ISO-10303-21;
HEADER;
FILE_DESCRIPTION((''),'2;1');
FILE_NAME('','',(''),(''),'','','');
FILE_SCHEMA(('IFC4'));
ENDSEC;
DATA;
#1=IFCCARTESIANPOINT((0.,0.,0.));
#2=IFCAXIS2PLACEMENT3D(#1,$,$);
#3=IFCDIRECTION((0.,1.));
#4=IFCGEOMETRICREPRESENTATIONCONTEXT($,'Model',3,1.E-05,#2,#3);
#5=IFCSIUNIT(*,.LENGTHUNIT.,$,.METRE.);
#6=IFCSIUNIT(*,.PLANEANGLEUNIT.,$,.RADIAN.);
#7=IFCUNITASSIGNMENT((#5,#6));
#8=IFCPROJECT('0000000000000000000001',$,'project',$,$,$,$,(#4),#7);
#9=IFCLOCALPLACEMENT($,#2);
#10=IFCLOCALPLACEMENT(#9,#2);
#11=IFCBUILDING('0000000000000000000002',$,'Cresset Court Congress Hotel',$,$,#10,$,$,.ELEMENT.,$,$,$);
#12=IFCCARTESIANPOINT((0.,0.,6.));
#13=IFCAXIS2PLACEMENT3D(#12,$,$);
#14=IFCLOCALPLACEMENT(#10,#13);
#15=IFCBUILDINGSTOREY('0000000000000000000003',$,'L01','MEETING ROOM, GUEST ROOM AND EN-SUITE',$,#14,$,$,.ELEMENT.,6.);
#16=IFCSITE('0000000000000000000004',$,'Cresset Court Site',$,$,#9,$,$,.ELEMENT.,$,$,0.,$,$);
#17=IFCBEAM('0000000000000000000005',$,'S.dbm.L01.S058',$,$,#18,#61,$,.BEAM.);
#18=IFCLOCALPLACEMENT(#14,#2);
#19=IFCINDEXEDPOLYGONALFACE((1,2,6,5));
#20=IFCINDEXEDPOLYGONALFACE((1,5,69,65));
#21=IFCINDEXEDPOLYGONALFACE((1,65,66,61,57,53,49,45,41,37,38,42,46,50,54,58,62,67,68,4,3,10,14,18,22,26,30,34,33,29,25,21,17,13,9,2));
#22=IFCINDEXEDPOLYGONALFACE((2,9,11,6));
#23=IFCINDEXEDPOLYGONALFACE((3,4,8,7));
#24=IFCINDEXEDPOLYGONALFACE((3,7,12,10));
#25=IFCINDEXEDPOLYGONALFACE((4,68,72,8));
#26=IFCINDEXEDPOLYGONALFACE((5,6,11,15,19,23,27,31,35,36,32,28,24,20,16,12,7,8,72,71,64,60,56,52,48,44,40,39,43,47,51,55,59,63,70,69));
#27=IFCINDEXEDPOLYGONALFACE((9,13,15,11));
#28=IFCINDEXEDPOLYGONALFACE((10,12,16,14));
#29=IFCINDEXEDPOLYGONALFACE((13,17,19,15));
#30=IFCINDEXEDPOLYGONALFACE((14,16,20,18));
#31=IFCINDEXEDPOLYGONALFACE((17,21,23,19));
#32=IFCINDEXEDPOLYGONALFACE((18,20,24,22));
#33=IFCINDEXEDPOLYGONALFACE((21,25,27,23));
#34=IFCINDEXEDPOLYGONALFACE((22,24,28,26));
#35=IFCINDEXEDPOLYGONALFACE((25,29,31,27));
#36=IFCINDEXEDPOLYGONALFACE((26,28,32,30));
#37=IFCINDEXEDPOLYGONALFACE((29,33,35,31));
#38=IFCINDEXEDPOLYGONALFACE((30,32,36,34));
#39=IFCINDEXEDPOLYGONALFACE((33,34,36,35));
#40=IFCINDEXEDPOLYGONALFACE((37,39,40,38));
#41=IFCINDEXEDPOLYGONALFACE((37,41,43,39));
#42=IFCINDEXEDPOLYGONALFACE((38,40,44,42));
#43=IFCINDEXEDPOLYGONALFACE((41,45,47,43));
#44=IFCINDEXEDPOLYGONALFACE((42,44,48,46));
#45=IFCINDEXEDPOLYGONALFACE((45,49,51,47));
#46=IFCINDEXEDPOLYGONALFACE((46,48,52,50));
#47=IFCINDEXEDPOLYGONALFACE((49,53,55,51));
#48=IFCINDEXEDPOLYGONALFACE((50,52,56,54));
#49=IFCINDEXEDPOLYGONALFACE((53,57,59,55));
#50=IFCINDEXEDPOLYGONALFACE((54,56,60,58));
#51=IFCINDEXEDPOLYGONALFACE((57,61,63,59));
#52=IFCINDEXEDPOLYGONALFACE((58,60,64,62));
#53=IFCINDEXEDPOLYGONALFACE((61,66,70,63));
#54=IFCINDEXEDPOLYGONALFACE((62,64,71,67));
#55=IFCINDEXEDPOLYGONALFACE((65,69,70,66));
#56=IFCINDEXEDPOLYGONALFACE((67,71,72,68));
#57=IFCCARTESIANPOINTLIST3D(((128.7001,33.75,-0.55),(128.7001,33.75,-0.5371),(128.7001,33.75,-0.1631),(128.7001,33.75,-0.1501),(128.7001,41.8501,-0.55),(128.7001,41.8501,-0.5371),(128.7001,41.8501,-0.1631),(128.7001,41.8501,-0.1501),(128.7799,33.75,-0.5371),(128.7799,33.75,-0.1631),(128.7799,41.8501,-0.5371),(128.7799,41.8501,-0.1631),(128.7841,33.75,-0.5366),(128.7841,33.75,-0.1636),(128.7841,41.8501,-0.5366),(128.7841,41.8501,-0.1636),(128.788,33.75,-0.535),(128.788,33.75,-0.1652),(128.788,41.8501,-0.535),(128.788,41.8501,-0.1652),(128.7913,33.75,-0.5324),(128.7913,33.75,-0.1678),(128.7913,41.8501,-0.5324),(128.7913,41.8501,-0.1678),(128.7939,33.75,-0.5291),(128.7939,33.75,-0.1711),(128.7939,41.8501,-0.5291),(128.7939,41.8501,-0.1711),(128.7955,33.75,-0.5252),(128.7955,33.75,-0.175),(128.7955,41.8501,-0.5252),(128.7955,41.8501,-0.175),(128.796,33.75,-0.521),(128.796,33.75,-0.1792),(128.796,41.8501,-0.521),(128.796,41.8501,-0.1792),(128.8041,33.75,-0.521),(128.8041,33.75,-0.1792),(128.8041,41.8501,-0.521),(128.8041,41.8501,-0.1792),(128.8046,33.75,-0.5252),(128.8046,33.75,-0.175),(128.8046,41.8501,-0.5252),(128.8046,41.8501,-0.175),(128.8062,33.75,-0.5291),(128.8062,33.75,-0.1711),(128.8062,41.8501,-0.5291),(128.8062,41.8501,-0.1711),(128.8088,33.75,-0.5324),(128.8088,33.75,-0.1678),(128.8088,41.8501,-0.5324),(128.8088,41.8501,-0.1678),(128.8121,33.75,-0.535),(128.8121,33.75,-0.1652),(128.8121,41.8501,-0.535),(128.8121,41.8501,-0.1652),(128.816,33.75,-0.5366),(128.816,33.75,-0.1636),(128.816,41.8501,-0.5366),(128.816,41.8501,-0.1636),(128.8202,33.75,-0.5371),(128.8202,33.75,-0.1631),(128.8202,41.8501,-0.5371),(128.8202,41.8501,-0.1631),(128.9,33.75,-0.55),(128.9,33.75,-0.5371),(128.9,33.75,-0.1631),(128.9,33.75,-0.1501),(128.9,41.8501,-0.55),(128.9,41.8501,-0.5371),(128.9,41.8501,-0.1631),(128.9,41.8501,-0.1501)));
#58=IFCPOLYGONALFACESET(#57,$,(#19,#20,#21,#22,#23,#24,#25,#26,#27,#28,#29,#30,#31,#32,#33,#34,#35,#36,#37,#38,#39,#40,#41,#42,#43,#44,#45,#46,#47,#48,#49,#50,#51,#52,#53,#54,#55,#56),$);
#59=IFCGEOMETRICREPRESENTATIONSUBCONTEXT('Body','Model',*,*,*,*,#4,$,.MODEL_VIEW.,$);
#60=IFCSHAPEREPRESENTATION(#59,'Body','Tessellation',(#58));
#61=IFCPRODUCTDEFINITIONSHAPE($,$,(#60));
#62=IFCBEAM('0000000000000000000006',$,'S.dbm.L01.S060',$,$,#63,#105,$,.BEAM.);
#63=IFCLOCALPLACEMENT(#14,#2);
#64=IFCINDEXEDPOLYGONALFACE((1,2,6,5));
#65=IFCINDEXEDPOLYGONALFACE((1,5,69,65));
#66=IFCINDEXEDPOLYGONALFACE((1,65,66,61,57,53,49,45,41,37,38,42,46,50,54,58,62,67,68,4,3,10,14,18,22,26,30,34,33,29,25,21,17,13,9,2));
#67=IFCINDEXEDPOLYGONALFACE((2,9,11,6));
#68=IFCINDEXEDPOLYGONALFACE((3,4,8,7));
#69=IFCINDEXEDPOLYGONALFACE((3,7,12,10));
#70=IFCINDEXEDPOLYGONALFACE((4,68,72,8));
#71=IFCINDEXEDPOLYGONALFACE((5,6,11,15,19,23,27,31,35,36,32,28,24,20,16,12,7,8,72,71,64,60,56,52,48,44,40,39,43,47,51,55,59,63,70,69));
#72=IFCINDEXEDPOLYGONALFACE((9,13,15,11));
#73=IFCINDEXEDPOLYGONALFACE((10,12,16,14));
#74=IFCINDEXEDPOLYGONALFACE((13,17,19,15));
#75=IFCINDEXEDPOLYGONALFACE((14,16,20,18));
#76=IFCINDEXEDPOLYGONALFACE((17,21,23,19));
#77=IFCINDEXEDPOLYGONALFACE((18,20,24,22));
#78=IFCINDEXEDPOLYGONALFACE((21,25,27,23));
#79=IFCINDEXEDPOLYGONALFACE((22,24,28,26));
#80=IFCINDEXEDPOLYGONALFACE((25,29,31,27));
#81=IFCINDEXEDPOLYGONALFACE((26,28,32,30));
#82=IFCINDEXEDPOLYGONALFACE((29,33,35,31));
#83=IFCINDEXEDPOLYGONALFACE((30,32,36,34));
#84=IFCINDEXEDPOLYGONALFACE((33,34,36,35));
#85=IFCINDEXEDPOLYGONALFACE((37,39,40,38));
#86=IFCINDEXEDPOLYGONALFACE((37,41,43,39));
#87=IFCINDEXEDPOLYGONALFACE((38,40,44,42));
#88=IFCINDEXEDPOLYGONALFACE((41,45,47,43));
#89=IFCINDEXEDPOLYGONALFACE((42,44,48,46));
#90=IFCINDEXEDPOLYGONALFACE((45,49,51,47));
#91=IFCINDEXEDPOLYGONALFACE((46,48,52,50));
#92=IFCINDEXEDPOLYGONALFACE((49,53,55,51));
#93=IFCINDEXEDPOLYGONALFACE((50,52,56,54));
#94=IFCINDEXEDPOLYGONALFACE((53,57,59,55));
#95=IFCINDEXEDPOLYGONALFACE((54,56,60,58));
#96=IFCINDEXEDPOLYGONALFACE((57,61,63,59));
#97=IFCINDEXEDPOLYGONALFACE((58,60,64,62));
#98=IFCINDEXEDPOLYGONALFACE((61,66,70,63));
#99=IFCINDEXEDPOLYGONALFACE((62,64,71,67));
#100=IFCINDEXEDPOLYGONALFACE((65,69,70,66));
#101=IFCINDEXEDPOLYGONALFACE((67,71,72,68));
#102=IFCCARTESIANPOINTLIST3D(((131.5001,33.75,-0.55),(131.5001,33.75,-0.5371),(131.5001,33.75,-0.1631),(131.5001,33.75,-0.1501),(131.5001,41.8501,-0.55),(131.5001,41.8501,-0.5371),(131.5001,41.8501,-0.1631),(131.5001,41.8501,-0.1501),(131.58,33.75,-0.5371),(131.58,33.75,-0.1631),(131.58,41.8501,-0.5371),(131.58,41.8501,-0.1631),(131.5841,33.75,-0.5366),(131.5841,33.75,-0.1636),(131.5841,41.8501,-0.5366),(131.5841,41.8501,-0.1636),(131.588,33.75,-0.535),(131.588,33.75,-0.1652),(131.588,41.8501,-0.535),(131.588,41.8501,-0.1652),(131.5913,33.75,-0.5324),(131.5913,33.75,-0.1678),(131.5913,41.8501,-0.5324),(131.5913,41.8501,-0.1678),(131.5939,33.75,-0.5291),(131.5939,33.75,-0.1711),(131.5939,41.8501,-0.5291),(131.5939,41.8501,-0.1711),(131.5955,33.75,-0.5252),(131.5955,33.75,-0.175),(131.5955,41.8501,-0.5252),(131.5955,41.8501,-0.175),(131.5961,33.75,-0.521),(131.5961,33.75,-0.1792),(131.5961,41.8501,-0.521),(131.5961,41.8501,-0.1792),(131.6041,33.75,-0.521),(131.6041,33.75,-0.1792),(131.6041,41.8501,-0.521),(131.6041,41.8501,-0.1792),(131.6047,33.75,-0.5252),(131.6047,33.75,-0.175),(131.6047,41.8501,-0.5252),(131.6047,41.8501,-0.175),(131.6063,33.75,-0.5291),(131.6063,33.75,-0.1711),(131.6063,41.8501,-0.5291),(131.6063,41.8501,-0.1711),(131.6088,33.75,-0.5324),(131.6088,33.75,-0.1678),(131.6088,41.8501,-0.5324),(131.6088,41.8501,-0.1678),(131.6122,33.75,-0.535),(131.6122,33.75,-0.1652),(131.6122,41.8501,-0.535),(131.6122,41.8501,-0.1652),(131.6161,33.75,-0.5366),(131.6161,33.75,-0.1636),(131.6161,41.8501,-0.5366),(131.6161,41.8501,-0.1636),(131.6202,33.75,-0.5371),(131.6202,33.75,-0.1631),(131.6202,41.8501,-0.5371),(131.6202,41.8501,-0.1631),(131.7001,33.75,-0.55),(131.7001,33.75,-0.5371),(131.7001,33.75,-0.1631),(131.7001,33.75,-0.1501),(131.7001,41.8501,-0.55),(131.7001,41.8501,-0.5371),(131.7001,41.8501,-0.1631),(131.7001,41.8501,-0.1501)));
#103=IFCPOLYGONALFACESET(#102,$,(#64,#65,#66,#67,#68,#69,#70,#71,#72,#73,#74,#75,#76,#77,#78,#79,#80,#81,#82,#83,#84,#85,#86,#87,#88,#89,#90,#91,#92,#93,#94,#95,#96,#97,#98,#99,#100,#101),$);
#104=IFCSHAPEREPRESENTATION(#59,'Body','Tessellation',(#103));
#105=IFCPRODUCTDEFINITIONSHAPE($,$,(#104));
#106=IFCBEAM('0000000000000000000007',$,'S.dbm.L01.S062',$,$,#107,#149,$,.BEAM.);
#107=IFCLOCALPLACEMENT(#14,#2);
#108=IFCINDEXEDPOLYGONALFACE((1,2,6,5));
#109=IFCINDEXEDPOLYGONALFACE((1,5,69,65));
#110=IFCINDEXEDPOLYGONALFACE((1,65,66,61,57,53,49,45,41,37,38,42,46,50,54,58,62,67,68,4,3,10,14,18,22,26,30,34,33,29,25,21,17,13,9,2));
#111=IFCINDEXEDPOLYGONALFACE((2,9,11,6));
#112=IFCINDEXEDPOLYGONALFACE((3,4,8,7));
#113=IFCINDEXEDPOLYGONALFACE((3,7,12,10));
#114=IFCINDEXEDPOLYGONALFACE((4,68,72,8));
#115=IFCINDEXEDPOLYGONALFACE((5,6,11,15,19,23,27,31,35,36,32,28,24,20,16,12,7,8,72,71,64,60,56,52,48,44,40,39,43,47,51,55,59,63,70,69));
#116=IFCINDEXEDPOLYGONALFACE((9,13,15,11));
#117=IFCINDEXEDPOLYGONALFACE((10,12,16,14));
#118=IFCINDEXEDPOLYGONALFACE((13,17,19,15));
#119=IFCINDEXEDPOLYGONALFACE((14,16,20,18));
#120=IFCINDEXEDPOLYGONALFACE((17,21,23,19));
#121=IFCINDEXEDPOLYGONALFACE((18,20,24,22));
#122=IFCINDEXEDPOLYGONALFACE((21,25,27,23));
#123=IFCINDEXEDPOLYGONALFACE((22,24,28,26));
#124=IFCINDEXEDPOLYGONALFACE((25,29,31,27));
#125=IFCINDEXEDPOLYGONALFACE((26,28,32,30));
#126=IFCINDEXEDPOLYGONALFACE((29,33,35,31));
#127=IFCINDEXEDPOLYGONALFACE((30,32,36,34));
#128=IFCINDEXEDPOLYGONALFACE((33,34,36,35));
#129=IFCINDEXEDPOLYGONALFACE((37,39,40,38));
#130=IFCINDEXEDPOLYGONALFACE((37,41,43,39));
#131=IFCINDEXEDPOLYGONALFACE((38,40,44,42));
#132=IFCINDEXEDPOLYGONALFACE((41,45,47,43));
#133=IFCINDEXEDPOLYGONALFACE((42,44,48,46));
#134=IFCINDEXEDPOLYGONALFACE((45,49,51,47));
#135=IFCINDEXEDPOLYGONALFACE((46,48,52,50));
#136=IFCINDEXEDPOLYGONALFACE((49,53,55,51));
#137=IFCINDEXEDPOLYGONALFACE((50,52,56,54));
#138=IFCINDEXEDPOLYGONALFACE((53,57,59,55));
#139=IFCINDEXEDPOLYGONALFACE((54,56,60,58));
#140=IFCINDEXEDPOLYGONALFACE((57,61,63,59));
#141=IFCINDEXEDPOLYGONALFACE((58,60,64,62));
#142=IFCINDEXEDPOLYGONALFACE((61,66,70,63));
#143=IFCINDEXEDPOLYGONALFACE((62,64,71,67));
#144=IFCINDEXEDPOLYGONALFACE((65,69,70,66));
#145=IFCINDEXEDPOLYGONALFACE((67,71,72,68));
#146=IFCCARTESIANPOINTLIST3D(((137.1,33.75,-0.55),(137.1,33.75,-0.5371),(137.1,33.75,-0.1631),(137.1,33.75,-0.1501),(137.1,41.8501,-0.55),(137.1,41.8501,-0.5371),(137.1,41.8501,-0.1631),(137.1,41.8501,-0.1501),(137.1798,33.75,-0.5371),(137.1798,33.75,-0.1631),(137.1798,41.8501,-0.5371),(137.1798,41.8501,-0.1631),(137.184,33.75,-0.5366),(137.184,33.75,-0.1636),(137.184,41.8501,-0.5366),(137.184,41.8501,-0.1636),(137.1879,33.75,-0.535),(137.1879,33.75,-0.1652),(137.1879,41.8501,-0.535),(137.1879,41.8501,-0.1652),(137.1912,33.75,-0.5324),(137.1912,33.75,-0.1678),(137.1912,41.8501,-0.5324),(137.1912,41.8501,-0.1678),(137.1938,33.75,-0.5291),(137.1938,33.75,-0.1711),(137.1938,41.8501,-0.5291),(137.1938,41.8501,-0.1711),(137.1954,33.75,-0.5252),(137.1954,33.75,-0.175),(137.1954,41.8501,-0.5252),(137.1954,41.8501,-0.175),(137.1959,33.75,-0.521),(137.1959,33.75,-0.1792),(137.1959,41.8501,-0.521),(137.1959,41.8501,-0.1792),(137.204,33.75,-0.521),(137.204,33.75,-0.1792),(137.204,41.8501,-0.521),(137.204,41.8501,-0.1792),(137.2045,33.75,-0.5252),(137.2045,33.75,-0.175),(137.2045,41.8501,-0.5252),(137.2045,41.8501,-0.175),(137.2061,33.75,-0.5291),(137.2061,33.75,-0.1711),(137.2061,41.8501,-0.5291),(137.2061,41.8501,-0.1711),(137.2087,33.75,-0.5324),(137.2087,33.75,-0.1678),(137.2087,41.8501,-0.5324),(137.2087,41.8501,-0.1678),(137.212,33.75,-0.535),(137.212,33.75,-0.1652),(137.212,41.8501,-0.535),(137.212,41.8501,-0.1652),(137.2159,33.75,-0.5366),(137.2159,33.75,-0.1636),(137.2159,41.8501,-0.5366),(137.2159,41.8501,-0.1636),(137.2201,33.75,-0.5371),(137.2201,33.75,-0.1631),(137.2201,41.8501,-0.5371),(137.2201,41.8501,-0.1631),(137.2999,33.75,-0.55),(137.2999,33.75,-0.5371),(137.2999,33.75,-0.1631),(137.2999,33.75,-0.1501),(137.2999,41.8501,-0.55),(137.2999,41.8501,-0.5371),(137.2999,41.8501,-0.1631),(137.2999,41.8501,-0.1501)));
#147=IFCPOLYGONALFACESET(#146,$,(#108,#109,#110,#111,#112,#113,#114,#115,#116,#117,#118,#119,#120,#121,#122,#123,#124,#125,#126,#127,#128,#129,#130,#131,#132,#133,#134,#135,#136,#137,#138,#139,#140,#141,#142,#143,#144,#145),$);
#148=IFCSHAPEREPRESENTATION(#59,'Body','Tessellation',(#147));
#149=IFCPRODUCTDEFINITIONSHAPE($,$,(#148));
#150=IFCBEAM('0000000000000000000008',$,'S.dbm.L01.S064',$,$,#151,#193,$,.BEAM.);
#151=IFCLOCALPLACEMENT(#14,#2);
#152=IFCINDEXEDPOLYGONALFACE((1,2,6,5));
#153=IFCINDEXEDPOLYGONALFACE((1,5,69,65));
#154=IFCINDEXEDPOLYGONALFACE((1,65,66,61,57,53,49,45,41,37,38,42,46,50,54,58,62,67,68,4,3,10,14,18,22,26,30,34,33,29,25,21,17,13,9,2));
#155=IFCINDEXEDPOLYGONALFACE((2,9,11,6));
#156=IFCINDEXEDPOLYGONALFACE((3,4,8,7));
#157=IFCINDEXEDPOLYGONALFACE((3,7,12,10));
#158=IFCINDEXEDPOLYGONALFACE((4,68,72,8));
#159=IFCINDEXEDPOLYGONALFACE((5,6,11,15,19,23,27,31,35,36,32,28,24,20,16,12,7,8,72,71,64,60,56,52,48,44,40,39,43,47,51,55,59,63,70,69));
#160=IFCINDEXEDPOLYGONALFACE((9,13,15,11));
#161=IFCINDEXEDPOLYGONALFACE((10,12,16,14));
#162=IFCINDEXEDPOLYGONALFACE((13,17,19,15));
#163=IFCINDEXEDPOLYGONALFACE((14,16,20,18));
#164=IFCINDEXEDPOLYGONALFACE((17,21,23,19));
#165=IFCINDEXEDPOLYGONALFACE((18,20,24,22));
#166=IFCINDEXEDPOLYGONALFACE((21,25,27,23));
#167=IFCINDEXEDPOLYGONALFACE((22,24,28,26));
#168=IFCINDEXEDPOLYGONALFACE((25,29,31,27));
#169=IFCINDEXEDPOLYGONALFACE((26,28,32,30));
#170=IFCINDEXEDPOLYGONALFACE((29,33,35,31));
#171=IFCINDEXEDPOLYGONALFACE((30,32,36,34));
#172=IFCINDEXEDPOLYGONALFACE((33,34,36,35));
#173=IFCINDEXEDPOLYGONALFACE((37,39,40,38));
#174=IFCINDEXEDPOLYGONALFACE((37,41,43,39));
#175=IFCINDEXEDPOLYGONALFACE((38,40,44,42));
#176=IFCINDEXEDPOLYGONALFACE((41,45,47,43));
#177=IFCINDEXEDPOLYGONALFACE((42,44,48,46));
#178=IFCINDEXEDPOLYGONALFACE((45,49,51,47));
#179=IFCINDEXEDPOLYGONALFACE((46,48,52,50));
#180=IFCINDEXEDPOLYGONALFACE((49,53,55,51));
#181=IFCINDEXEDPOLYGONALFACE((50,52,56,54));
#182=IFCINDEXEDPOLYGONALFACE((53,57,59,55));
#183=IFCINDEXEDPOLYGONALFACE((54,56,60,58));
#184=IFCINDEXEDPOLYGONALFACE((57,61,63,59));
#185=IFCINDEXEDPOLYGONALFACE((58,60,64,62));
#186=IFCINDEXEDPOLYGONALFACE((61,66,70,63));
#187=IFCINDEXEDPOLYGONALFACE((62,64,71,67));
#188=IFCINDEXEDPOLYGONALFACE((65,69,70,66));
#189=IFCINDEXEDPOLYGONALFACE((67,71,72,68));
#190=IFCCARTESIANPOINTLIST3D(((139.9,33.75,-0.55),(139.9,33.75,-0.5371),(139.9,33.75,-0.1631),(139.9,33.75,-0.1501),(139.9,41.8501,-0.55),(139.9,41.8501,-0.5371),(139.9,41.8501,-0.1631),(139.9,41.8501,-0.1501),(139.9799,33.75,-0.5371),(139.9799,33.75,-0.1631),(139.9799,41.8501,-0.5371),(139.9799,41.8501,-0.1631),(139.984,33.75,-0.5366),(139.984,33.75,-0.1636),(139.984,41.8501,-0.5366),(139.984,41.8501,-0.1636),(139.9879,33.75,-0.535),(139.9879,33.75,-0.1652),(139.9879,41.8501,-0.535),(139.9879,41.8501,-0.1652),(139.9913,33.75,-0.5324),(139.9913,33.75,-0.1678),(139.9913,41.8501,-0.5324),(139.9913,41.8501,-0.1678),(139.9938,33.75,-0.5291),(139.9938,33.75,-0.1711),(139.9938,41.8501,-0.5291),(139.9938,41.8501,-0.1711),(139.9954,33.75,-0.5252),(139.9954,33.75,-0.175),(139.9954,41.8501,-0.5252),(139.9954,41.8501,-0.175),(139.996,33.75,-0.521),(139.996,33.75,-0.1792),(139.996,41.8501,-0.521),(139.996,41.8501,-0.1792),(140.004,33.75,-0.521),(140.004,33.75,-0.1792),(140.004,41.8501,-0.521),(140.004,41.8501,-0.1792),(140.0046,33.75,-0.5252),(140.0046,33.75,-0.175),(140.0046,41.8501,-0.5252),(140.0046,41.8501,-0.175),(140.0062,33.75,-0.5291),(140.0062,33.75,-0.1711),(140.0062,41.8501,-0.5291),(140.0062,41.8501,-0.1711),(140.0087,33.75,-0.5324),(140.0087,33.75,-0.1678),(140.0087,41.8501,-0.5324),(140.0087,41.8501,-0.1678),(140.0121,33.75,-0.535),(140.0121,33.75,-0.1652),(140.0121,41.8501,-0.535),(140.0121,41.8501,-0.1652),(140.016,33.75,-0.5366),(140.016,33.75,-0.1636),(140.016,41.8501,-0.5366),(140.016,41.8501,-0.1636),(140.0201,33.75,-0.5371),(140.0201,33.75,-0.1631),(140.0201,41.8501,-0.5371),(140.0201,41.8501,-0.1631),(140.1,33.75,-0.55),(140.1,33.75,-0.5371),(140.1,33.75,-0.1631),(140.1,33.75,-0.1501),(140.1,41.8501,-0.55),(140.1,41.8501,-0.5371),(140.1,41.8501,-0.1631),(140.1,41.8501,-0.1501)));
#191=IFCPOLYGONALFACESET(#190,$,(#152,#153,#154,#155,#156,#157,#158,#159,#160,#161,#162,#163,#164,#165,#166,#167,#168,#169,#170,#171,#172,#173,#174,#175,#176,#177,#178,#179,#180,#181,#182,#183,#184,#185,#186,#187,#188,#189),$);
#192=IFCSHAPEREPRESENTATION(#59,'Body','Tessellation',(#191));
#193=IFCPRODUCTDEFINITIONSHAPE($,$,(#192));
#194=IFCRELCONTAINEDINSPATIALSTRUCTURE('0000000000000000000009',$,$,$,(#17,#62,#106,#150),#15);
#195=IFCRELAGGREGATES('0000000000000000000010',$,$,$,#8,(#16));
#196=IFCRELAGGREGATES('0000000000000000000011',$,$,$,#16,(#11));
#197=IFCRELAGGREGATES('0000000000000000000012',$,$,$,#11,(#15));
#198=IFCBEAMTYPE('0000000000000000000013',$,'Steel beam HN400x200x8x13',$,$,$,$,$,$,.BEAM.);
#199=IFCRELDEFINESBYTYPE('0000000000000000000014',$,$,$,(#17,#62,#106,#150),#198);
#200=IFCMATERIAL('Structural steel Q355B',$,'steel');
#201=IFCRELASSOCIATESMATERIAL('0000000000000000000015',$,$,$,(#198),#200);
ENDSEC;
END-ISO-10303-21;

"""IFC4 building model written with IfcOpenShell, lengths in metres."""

from ifc_helpers import new_model, si_unit, direction, frame, origin, origin_2d, place, context, subcontext, project, spatial, i_section, extrude, material, material_profile, profile_set, type_object, element, save


model = new_model("IFC4")

# Units and contexts
model_context = context("Model", 3, precision=1e-05, world=origin(), true_north=direction((0.0, 1.0)))
body_context = subcontext(model_context, "Body", "Model", "MODEL_VIEW")
ifc_project = project(units=[si_unit("LENGTHUNIT", "METRE"), si_unit("PLANEANGLEUNIT", "RADIAN")], contexts=[model_context])

# Site, building, storey
site_placement = place(None, origin())
site = spatial("IfcSite", under=ifc_project, at=site_placement, Name="Cresset Court Site", CompositionType="ELEMENT", RefElevation=0.0)
building_placement = place(site_placement, origin())
building = spatial("IfcBuilding", under=site, at=building_placement, Name="Cresset Court Congress Hotel", CompositionType="ELEMENT")
storey_placement = place(building_placement, frame((0.0, 0.0, 6.0)))
storey = spatial("IfcBuildingStorey", under=building, at=storey_placement, Name="L01", Description="MEETING ROOM, GUEST ROOM AND EN-SUITE", CompositionType="ELEMENT", Elevation=6.0)

# Beams
ifc_material_1 = material(Name="Structural steel Q355B", Category="steel")
ifc_material_profile_1 = material_profile(ifc_material_1, i_section(OverallWidth=0.2, OverallDepth=0.3999, WebThickness=0.0081, FlangeThickness=0.0129, FilletRadius=0.0161, at=origin_2d()), Name="HN400x200x8x13")
ifc_profile_set_1 = profile_set([ifc_material_profile_1], Name="Structural steel Q355B")
beam_type_1 = type_object("IfcBeamType", Name="Steel beam HN400x200x8x13", PredefinedType="BEAM", material=ifc_profile_set_1)
for number, where, z_axis, x_axis, name in (
    (1, (128.8, 33.75, -0.3501), (0.0, 1.0, 0.0), (-1.0, 0.0, 0.0), "S.dbm.L01.S058"),
    (2, (131.6001, 33.75, -0.3501), (0.0, 1.0, 0.0), (-1.0, 0.0, 0.0), "S.dbm.L01.S060"),
    (3, (137.2, 33.75, -0.3501), (0.0, 1.0, 0.0), (-1.0, 0.0, 0.0), "S.dbm.L01.S062"),
    (4, (140.0, 33.75, -0.3501), (0.0, 1.0, 0.0), (-1.0, 0.0, 0.0), "S.dbm.L01.S064"),
):
    element("IfcBeam", number, at=place(storey_placement, frame(where, z_axis=z_axis, x_axis=x_axis)), inside=storey, type_object=beam_type_1, Name=name, PredefinedType="BEAM", context=body_context, shape_type="SweptSolid", body=[
        extrude(i_section(OverallWidth=0.2, OverallDepth=0.3999, WebThickness=0.0081, FlangeThickness=0.0129, FilletRadius=0.0161, at=origin_2d()), origin(), (0.0, 0.0, 1.0), 8.1001),
    ])

save(model, "model.ifc")
